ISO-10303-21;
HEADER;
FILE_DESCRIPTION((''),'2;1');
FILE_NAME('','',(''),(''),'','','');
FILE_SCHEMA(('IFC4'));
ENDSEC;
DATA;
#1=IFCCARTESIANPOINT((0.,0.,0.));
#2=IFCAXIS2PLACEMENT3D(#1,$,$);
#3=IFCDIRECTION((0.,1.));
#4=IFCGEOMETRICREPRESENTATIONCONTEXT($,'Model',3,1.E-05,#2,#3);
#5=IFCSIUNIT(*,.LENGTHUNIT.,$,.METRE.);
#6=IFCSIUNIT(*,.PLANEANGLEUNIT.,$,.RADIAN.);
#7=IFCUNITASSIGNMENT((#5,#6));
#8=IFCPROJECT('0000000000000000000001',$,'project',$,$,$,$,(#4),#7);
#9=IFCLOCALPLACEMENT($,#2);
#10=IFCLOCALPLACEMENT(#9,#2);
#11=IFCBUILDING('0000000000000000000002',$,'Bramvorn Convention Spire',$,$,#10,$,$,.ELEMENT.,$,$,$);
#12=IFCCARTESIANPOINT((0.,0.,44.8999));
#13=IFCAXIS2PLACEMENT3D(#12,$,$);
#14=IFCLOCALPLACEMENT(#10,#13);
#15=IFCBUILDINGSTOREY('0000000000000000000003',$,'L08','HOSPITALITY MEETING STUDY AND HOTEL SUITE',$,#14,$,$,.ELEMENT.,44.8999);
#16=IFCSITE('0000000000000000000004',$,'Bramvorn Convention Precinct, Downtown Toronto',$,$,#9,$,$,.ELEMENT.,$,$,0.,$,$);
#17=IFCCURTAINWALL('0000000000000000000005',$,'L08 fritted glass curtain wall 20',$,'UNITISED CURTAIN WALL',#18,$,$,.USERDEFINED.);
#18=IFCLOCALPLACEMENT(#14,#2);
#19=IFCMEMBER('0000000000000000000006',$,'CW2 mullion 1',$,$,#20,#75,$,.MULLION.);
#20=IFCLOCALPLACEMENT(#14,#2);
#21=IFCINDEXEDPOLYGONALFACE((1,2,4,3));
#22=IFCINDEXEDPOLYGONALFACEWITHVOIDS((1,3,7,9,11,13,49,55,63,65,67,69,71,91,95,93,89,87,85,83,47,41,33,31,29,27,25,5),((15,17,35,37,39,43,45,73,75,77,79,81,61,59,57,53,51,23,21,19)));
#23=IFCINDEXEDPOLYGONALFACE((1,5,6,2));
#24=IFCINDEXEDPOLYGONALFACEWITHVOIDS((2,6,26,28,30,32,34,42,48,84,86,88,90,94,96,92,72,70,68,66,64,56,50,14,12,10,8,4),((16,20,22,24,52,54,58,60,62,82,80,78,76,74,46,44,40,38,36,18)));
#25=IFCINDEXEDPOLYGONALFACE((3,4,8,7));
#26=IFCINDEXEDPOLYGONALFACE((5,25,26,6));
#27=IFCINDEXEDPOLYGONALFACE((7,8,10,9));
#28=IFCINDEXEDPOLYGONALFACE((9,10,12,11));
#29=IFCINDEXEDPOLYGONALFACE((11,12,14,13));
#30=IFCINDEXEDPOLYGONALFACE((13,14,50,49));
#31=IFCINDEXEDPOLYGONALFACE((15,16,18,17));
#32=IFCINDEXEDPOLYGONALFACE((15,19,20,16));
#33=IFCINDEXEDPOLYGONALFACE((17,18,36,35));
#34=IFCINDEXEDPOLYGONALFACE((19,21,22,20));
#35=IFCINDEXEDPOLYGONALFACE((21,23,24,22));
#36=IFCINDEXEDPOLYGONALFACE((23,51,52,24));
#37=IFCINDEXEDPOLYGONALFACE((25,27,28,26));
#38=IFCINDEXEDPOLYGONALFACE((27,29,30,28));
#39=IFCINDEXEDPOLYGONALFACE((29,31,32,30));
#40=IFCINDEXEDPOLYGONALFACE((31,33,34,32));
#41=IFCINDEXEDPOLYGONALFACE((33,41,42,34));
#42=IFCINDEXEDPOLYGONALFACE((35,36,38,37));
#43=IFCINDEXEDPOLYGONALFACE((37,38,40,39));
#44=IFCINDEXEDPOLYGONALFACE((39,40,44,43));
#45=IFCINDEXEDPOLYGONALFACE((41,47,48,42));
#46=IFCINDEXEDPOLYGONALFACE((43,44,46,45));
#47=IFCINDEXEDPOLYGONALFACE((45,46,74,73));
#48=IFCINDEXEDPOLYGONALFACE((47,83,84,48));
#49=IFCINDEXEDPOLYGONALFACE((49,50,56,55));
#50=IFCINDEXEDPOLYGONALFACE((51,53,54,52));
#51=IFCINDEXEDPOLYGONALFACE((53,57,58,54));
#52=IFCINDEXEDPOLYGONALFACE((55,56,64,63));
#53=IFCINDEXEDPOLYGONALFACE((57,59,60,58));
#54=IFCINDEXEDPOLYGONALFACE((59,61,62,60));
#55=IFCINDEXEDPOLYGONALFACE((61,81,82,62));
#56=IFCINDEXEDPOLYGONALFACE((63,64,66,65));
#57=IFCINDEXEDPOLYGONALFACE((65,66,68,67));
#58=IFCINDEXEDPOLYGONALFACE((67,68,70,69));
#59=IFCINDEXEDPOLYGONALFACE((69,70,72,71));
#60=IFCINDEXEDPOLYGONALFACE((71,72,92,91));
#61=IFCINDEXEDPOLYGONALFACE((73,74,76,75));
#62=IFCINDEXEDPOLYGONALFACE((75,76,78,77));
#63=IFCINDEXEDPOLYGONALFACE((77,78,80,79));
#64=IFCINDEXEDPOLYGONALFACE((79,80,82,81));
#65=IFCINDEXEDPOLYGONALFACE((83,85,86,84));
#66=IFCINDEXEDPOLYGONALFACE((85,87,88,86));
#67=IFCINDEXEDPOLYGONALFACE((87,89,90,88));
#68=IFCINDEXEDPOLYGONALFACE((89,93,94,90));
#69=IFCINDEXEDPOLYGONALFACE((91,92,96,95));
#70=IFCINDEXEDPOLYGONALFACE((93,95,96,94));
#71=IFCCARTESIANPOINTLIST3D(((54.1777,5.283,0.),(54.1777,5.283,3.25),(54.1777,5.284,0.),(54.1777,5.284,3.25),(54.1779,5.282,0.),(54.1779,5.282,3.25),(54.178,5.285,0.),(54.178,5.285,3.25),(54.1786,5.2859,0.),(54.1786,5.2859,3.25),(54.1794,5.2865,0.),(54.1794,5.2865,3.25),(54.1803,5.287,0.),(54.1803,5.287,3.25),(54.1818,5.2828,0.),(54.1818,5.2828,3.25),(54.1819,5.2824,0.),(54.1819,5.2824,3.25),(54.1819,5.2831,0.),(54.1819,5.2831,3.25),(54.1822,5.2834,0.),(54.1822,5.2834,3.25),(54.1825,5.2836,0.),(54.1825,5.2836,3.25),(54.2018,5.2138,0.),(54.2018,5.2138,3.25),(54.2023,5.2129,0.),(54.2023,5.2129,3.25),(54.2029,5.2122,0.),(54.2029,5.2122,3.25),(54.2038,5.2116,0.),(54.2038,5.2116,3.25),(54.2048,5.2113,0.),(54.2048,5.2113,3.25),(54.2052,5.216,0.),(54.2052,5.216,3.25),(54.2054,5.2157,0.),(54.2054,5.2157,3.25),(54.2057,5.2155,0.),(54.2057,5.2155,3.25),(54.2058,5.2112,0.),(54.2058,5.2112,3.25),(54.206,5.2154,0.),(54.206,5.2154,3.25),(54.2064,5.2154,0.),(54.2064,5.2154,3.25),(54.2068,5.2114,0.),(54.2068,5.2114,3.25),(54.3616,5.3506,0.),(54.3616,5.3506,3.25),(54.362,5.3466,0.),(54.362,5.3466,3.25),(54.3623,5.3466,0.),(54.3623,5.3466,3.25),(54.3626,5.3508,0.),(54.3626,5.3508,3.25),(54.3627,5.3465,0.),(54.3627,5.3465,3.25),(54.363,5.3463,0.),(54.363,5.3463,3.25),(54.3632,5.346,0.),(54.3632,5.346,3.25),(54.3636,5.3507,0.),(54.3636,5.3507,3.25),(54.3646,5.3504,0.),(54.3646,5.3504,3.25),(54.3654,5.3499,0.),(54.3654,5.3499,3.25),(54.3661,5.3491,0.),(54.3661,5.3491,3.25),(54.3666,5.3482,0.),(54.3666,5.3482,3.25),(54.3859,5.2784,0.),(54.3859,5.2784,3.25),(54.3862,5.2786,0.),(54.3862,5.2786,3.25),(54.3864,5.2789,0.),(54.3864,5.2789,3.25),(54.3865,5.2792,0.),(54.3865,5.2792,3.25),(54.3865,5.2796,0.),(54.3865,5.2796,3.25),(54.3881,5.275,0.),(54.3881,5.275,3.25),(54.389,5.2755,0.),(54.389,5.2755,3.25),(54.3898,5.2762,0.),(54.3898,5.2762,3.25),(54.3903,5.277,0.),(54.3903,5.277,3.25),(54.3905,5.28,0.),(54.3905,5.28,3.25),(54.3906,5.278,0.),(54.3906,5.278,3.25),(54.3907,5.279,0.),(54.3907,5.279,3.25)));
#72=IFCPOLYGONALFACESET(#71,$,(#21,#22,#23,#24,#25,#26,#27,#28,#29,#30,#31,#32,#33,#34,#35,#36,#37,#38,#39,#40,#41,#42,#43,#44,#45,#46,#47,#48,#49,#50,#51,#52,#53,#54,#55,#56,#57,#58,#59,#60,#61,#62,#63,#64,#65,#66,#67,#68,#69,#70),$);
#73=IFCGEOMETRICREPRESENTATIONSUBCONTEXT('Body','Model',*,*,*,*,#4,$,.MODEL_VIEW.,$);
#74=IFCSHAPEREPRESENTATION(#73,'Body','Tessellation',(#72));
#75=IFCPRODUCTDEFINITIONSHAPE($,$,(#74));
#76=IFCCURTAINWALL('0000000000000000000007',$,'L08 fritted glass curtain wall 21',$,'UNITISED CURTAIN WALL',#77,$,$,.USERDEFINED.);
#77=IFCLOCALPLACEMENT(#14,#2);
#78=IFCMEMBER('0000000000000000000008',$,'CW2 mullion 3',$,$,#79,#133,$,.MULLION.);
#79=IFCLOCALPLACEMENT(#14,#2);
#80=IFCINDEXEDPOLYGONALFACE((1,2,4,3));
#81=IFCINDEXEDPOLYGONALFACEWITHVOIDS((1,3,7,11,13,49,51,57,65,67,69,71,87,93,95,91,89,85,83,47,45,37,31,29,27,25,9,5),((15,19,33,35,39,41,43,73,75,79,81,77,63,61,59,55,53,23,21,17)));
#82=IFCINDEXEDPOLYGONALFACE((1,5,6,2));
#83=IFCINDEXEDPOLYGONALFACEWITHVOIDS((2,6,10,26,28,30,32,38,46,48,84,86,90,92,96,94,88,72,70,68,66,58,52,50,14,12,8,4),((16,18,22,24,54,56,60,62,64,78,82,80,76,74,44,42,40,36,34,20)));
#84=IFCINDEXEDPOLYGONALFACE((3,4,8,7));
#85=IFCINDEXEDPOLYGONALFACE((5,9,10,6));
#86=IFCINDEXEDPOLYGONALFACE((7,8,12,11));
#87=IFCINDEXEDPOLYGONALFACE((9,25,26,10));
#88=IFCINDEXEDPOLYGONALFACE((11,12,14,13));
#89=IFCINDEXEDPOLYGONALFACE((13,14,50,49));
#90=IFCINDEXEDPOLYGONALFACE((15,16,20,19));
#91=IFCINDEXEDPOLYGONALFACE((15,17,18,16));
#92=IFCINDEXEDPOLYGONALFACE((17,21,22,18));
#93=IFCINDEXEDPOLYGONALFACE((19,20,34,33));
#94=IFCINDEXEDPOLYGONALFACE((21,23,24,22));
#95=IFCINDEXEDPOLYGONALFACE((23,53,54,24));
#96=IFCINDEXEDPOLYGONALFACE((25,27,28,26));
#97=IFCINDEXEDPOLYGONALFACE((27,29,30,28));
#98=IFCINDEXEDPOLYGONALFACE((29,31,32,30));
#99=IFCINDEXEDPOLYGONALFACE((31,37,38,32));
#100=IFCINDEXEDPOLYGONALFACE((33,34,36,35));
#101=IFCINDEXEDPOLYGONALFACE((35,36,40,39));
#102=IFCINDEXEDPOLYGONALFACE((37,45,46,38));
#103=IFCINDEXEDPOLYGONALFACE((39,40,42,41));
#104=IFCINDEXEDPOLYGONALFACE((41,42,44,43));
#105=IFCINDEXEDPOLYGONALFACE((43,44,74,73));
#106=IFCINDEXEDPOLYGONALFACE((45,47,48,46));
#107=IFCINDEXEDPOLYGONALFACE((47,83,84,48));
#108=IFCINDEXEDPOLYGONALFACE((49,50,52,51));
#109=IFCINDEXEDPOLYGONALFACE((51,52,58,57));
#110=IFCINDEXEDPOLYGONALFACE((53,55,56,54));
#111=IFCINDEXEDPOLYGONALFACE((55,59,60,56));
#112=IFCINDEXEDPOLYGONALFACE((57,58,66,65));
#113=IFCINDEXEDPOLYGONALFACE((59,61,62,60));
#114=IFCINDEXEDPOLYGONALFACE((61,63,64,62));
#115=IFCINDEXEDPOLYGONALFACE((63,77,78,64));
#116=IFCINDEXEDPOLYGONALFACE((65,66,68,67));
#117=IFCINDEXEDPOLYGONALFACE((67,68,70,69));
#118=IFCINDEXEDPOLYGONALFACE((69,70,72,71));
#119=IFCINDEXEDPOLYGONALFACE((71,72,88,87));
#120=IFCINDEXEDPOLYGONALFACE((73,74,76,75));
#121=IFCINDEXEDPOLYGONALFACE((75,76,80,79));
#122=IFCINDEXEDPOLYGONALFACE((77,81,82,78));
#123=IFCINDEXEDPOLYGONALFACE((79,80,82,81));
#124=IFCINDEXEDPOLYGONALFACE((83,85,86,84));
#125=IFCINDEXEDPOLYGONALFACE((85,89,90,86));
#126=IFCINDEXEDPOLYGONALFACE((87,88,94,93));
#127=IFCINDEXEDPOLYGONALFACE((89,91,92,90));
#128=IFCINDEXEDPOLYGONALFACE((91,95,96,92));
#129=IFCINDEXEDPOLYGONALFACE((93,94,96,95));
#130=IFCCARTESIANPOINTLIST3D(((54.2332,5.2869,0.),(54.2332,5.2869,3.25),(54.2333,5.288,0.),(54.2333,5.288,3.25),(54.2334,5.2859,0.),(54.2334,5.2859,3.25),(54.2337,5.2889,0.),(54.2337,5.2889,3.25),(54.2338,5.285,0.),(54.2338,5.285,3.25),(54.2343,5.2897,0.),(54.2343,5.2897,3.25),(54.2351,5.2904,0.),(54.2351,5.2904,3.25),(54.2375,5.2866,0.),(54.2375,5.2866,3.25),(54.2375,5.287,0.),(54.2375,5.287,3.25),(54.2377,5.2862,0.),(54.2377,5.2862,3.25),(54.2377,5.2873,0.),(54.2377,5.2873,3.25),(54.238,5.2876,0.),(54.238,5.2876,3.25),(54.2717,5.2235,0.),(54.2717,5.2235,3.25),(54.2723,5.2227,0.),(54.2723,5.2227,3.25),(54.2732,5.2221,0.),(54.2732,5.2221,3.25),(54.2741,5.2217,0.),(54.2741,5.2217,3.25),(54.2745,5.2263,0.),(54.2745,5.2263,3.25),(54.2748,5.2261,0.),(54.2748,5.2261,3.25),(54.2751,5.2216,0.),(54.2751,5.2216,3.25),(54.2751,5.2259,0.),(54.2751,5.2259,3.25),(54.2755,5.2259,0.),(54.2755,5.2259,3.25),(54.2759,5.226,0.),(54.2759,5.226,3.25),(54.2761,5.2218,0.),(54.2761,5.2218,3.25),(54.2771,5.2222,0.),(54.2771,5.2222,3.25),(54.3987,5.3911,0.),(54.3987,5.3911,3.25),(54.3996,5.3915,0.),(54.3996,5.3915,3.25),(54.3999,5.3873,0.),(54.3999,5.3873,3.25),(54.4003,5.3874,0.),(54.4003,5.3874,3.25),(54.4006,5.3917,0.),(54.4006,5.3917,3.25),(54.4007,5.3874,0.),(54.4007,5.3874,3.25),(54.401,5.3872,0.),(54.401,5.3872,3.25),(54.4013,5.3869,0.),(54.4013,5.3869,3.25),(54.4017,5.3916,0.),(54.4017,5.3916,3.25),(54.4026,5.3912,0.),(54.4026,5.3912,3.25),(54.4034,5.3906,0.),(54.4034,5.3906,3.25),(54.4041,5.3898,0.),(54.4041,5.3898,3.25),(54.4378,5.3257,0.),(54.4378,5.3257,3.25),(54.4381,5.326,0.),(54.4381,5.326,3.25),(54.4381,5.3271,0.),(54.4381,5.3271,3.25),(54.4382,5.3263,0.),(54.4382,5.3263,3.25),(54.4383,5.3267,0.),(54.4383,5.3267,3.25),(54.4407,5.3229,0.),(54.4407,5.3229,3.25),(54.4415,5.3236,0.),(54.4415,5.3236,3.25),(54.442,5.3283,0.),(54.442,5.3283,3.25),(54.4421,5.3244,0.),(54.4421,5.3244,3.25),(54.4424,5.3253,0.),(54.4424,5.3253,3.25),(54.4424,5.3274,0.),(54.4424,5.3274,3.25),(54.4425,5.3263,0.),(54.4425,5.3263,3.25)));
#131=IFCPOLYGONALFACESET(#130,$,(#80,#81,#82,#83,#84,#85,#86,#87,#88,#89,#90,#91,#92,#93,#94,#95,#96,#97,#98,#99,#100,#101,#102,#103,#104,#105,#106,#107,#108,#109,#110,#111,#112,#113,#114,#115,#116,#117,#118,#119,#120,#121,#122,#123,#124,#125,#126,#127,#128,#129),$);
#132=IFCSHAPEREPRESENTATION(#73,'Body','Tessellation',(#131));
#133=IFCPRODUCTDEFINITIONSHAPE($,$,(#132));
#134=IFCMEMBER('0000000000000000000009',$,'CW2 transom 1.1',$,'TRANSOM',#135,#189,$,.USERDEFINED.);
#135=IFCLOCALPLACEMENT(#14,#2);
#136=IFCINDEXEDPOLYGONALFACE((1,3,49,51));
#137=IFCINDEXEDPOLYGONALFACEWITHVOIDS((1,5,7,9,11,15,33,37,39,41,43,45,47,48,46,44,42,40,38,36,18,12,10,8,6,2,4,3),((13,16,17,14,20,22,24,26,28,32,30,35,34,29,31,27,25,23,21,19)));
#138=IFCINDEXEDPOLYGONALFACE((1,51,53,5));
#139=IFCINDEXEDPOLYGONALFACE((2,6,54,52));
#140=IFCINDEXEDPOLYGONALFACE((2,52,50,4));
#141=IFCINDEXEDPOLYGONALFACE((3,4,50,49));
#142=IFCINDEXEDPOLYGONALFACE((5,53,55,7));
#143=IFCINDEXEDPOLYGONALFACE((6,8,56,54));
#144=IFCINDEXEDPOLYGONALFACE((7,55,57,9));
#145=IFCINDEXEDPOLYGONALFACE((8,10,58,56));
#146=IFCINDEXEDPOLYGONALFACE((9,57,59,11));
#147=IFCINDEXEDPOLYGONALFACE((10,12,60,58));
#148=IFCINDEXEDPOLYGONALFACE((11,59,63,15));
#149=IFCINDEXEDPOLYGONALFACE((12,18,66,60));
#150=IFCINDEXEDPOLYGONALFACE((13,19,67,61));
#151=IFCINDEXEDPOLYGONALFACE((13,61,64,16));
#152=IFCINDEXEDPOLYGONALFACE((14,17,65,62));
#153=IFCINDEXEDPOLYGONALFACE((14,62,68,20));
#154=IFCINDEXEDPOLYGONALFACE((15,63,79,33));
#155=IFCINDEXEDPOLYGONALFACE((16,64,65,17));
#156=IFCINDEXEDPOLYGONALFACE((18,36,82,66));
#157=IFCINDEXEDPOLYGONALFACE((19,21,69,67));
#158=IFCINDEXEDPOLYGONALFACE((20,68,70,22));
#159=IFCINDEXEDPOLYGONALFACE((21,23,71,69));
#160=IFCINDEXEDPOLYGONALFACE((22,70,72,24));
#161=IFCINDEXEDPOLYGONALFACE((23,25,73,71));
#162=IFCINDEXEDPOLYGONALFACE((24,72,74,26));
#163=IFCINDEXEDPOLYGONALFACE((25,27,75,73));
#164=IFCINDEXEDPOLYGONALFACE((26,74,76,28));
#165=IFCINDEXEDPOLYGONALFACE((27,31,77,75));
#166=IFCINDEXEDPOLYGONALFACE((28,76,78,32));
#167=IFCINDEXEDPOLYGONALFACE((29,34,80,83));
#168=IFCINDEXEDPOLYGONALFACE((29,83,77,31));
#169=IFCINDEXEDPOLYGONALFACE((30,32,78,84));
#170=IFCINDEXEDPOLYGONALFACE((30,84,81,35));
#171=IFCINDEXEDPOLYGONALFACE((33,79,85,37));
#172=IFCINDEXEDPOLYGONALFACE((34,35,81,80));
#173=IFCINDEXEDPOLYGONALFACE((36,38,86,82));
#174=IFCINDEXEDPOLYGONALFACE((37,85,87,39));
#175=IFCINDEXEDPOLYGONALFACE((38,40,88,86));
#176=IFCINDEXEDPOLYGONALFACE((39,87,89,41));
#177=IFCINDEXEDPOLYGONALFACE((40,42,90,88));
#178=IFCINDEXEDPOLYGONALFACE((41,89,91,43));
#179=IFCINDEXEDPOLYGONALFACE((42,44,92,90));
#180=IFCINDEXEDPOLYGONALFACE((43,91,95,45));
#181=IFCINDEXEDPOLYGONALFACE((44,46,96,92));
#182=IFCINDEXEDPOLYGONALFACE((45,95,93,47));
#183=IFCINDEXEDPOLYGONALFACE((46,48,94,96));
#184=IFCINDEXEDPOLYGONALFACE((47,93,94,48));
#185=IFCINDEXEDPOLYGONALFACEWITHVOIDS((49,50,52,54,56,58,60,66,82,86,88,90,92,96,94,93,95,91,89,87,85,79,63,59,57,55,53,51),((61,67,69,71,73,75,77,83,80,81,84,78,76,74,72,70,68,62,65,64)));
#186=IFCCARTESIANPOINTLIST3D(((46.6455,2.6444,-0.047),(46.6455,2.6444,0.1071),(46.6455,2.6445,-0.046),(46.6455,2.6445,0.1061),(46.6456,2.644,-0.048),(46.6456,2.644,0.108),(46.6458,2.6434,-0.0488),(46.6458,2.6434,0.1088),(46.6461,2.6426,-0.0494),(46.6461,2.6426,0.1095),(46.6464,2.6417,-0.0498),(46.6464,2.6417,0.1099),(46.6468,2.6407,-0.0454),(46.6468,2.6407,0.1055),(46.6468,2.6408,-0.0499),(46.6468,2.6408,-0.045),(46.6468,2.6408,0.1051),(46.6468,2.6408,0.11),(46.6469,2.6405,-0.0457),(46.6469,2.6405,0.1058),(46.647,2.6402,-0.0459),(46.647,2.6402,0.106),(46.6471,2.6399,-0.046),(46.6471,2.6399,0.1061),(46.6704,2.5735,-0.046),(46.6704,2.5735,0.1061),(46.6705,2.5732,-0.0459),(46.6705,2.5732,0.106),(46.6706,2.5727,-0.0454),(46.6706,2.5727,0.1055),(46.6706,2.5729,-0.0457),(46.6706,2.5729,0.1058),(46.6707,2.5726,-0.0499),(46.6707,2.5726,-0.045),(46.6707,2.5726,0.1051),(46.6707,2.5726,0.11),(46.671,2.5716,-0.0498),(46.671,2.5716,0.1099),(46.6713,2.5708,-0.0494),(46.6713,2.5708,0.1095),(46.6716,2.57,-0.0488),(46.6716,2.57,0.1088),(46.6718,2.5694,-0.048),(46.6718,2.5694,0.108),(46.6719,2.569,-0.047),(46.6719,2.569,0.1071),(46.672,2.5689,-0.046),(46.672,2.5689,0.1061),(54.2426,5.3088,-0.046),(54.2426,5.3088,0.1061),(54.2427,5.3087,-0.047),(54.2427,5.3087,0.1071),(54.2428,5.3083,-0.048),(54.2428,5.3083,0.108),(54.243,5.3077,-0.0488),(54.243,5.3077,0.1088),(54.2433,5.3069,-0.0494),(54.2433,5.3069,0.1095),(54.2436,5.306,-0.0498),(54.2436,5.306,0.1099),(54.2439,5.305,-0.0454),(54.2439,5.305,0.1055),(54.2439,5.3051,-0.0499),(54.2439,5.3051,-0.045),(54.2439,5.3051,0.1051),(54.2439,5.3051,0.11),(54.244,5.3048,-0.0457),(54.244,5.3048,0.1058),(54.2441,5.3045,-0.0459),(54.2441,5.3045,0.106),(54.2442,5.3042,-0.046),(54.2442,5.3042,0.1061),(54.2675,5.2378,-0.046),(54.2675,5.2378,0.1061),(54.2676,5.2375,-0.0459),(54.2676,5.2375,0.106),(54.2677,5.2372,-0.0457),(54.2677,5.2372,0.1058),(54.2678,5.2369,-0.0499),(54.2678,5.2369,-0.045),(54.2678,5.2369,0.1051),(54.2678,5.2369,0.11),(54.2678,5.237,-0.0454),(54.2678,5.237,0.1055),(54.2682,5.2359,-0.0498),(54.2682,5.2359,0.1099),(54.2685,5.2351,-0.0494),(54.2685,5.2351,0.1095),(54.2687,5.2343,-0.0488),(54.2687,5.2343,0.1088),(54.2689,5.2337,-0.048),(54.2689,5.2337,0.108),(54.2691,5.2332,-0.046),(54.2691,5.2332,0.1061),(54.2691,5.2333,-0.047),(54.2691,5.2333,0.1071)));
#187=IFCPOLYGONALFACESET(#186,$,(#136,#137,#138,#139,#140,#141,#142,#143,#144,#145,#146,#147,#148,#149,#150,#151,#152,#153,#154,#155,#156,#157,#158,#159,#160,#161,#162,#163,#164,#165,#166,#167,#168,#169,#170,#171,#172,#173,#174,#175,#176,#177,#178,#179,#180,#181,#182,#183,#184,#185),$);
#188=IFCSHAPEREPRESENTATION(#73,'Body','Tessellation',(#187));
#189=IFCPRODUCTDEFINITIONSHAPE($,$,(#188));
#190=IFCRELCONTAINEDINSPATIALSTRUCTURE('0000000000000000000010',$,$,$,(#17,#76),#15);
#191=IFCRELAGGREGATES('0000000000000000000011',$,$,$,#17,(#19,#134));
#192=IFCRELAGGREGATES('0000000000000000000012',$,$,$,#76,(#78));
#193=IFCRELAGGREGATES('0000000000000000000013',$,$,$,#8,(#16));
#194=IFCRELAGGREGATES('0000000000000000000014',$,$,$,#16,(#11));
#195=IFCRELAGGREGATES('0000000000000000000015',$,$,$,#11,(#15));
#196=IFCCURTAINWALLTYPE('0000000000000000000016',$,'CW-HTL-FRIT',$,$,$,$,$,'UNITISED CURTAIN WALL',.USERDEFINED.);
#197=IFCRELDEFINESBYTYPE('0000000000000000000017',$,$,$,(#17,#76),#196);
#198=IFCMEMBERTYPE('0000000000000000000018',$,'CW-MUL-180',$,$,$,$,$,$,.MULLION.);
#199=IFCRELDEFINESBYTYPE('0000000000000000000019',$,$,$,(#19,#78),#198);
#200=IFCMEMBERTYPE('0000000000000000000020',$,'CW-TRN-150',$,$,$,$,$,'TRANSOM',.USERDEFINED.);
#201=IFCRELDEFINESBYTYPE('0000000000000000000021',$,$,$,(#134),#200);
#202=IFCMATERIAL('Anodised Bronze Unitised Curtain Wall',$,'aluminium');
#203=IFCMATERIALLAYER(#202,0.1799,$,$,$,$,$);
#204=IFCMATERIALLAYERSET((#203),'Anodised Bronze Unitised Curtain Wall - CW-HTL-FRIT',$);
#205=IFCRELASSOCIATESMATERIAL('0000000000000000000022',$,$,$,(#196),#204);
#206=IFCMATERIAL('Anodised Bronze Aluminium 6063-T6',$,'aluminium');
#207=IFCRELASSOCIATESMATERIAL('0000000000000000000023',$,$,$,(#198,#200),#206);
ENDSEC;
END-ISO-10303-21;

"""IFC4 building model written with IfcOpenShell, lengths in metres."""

from ifc_helpers import new_model, si_unit, direction, frame, origin, origin_2d, place, context, subcontext, project, spatial, hollow_rectangle, extrude, material, layer, layer_set, material_profile, profile_set, type_object, element, aggregate, save


model = new_model("IFC4")

# Units and contexts
model_context = context("Model", 3, precision=1e-05, world=origin(), true_north=direction((0.0, 1.0)))
body_context = subcontext(model_context, "Body", "Model", "MODEL_VIEW")
ifc_project = project(units=[si_unit("LENGTHUNIT", "METRE"), si_unit("PLANEANGLEUNIT", "RADIAN")], contexts=[model_context])

# Site, building, storey
site_placement = place(None, origin())
site = spatial("IfcSite", under=ifc_project, at=site_placement, Name="Bramvorn Convention Precinct, Downtown Toronto", CompositionType="ELEMENT", RefElevation=0.0)
building_placement = place(site_placement, origin())
building = spatial("IfcBuilding", under=site, at=building_placement, Name="Bramvorn Convention Spire", CompositionType="ELEMENT")
storey_placement = place(building_placement, frame((0.0, 0.0, 44.8999)))
storey = spatial("IfcBuildingStorey", under=building, at=storey_placement, Name="L08", Description="HOSPITALITY MEETING STUDY AND HOTEL SUITE", CompositionType="ELEMENT", Elevation=44.8999)

# Curtain walls, members
ifc_material_1 = material(Name="Anodised Bronze Unitised Curtain Wall", Category="aluminium")
ifc_layer_1 = layer(ifc_material_1, 0.1799)
ifc_layer_set_1 = layer_set([ifc_layer_1], Name="Anodised Bronze Unitised Curtain Wall - CW-HTL-FRIT")
curtain_wall_type = type_object("IfcCurtainWallType", Name="CW-HTL-FRIT", ElementType="UNITISED CURTAIN WALL", PredefinedType="USERDEFINED", material=ifc_layer_set_1)
curtain_wall_1_placement = place(storey_placement, origin())
curtain_wall_1 = element("IfcCurtainWall", 1, at=curtain_wall_1_placement, inside=storey, type_object=curtain_wall_type, Name="L08 fritted glass curtain wall 20", ObjectType="UNITISED CURTAIN WALL", PredefinedType="USERDEFINED")
ifc_material_2 = material(Name="Anodised Bronze Aluminium 6063-T6", Category="aluminium")
ifc_material_profile_1 = material_profile(ifc_material_2, hollow_rectangle(XDim=0.0801, YDim=0.2, WallThickness=0.0039, InnerFilletRadius=0.001, OuterFilletRadius=0.0039, at=origin_2d()))
ifc_profile_set_1 = profile_set([ifc_material_profile_1], Name="Anodised Bronze Aluminium 6063-T6 - CWM80X200")
member_type_1 = type_object("IfcMemberType", Name="CW-MUL-180", PredefinedType="MULLION", material=ifc_profile_set_1)
member_1_placement = place(storey_placement, frame((54.2842, 5.281, 0.0), z_axis=(0.0, 0.0, 1.0), x_axis=(0.330946, -0.94365, 0.0)))
member_1 = element("IfcMember", 2, at=member_1_placement, type_object=member_type_1, Name="CW2 mullion 1", PredefinedType="MULLION", context=body_context, shape_type="SweptSolid", body=[
    extrude(hollow_rectangle(XDim=0.0801, YDim=0.2, WallThickness=0.0039, InnerFilletRadius=0.001, OuterFilletRadius=0.0039, at=origin_2d()), origin(), (0.0, 0.0, 1.0), 3.25),
])
curtain_wall_2_placement = place(storey_placement, origin())
curtain_wall_2 = element("IfcCurtainWall", 3, at=curtain_wall_2_placement, inside=storey, type_object=curtain_wall_type, Name="L08 fritted glass curtain wall 21", ObjectType="UNITISED CURTAIN WALL", PredefinedType="USERDEFINED")
member_2_placement = place(storey_placement, frame((54.3379, 5.3066, 0.0), z_axis=(0.0, 0.0, 1.0), x_axis=(0.524244, -0.851568, 0.0)))
member_2 = element("IfcMember", 4, at=member_2_placement, type_object=member_type_1, Name="CW2 mullion 3", PredefinedType="MULLION", context=body_context, shape_type="SweptSolid", body=[
    extrude(hollow_rectangle(XDim=0.0801, YDim=0.2, WallThickness=0.0039, InnerFilletRadius=0.001, OuterFilletRadius=0.0039, at=origin_2d()), origin(), (0.0, 0.0, 1.0), 3.25),
])

# Member
ifc_material_profile_2 = material_profile(ifc_material_2, hollow_rectangle(XDim=0.0801, YDim=0.1599, WallThickness=0.0039, InnerFilletRadius=0.001, OuterFilletRadius=0.0039, at=origin_2d()))
ifc_profile_set_2 = profile_set([ifc_material_profile_2], Name="Anodised Bronze Aluminium 6063-T6 - CWT80X160")
member_type_2 = type_object("IfcMemberType", Name="CW-TRN-150", ElementType="TRANSOM", PredefinedType="USERDEFINED", material=ifc_profile_set_2)
member_3_placement = place(storey_placement, frame((54.2559, 5.271, 0.03), z_axis=(-0.943653, -0.330937, 0.0), x_axis=(0.330937, -0.943653, 0.0)))
member_3 = element("IfcMember", 5, at=member_3_placement, type_object=member_type_2, Name="CW2 transom 1.1", ObjectType="TRANSOM", PredefinedType="USERDEFINED", context=body_context, shape_type="SweptSolid", body=[
    extrude(hollow_rectangle(XDim=0.0801, YDim=0.1599, WallThickness=0.0039, InnerFilletRadius=0.001, OuterFilletRadius=0.0039, at=origin_2d()), origin(), (0.0, 0.0, 1.0), 8.0508),
])

aggregate(curtain_wall_1, [member_1, member_3])
aggregate(curtain_wall_2, [member_2])

save(model, "model.ifc")
